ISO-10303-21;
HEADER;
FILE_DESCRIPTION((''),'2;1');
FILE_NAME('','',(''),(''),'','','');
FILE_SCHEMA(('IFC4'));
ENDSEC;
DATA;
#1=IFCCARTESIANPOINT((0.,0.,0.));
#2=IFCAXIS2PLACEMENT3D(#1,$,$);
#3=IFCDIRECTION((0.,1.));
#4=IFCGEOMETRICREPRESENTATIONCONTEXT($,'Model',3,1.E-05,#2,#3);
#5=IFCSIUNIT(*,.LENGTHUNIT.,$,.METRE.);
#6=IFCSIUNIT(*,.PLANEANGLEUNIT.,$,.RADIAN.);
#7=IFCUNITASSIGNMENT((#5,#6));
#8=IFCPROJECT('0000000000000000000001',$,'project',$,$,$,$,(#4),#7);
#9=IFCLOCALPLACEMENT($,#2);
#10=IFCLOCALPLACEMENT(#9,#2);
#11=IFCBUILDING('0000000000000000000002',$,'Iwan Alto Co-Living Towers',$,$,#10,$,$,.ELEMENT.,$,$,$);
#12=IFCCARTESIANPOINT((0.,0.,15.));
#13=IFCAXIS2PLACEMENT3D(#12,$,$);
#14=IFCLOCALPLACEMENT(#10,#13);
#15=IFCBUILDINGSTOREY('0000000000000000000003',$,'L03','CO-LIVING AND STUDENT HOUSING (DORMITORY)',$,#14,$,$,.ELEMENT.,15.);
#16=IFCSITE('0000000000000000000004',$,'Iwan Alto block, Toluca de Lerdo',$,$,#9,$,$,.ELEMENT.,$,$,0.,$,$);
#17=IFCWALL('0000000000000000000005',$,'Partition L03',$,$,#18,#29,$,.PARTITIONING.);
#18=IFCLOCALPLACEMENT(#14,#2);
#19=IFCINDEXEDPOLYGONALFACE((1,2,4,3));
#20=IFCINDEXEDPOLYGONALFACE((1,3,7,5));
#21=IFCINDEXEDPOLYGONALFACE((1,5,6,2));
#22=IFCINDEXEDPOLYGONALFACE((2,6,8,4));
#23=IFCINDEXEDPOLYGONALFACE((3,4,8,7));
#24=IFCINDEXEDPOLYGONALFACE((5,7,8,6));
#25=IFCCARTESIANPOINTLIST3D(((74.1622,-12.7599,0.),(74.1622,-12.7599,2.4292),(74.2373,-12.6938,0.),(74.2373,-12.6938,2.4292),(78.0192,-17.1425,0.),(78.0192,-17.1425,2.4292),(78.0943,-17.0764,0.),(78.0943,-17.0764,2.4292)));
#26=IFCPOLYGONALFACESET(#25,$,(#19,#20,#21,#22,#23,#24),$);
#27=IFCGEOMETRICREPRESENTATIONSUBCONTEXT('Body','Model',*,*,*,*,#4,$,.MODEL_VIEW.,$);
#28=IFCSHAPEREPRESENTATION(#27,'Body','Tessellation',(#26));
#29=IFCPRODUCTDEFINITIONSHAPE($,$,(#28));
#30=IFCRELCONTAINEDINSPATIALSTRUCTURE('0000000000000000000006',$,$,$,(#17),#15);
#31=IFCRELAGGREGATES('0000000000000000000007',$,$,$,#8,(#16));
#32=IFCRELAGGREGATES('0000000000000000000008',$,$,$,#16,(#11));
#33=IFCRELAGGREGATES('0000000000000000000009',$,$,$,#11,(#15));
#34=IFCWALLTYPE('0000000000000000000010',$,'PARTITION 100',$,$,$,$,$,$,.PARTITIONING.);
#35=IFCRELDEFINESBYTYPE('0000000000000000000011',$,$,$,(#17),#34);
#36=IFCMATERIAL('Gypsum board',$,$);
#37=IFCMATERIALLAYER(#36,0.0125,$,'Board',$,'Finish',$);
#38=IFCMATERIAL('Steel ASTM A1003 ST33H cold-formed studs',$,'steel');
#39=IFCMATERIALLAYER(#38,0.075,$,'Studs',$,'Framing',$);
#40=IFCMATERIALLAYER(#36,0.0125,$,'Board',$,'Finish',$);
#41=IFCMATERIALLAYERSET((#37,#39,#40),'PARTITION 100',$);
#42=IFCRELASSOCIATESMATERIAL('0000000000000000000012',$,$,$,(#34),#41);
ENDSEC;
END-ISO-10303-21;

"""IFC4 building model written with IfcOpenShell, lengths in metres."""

from ifc_helpers import new_model, si_unit, direction, frame, frame_2d, origin, place, context, subcontext, project, spatial, rectangle, extrude, material, layer, layer_set, type_object, element, save


model = new_model("IFC4")

# Units and contexts
model_context = context("Model", 3, precision=1e-05, world=origin(), true_north=direction((0.0, 1.0)))
body_context = subcontext(model_context, "Body", "Model", "MODEL_VIEW")
ifc_project = project(units=[si_unit("LENGTHUNIT", "METRE"), si_unit("PLANEANGLEUNIT", "RADIAN")], contexts=[model_context])

# Site, building, storey
site_placement = place(None, origin())
site = spatial("IfcSite", under=ifc_project, at=site_placement, Name="Iwan Alto block, Toluca de Lerdo", CompositionType="ELEMENT", RefElevation=0.0)
building_placement = place(site_placement, origin())
building = spatial("IfcBuilding", under=site, at=building_placement, Name="Iwan Alto Co-Living Towers", CompositionType="ELEMENT")
storey_placement = place(building_placement, frame((0.0, 0.0, 15.0)))
storey = spatial("IfcBuildingStorey", under=building, at=storey_placement, Name="L03", Description="CO-LIVING AND STUDENT HOUSING (DORMITORY)", CompositionType="ELEMENT", Elevation=15.0)

# Wall
ifc_material_1 = material(Name="Gypsum board")
ifc_layer_1 = layer(ifc_material_1, 0.0125, Name="Board", Category="Finish")
ifc_material_2 = material(Name="Steel ASTM A1003 ST33H cold-formed studs", Category="steel")
ifc_layer_2 = layer(ifc_material_2, 0.075, Name="Studs", Category="Framing")
ifc_layer_3 = layer(ifc_material_1, 0.0125, Name="Board", Category="Finish")
ifc_layer_set_1 = layer_set([ifc_layer_1, ifc_layer_2, ifc_layer_3], Name="PARTITION 100")
wall_type_1 = type_object("IfcWallType", Name="PARTITION 100", PredefinedType="PARTITIONING", material=ifc_layer_set_1)
wall_1_placement = place(storey_placement, frame((78.0566, -17.1094, 0.0), z_axis=(0.0, 0.0, 1.0), x_axis=(-0.660654, 0.75069, 0.0)))
element("IfcWall", 1, at=wall_1_placement, inside=storey, type_object=wall_type_1, Name="Partition L03", PredefinedType="PARTITIONING", context=body_context, shape_type="SweptSolid", body=[
    extrude(rectangle(XDim=5.8381, YDim=0.1001, at=frame_2d((2.9189, 0.0))), origin(), (0.0, 0.0, 1.0), 2.4292),
])

save(model, "model.ifc")
